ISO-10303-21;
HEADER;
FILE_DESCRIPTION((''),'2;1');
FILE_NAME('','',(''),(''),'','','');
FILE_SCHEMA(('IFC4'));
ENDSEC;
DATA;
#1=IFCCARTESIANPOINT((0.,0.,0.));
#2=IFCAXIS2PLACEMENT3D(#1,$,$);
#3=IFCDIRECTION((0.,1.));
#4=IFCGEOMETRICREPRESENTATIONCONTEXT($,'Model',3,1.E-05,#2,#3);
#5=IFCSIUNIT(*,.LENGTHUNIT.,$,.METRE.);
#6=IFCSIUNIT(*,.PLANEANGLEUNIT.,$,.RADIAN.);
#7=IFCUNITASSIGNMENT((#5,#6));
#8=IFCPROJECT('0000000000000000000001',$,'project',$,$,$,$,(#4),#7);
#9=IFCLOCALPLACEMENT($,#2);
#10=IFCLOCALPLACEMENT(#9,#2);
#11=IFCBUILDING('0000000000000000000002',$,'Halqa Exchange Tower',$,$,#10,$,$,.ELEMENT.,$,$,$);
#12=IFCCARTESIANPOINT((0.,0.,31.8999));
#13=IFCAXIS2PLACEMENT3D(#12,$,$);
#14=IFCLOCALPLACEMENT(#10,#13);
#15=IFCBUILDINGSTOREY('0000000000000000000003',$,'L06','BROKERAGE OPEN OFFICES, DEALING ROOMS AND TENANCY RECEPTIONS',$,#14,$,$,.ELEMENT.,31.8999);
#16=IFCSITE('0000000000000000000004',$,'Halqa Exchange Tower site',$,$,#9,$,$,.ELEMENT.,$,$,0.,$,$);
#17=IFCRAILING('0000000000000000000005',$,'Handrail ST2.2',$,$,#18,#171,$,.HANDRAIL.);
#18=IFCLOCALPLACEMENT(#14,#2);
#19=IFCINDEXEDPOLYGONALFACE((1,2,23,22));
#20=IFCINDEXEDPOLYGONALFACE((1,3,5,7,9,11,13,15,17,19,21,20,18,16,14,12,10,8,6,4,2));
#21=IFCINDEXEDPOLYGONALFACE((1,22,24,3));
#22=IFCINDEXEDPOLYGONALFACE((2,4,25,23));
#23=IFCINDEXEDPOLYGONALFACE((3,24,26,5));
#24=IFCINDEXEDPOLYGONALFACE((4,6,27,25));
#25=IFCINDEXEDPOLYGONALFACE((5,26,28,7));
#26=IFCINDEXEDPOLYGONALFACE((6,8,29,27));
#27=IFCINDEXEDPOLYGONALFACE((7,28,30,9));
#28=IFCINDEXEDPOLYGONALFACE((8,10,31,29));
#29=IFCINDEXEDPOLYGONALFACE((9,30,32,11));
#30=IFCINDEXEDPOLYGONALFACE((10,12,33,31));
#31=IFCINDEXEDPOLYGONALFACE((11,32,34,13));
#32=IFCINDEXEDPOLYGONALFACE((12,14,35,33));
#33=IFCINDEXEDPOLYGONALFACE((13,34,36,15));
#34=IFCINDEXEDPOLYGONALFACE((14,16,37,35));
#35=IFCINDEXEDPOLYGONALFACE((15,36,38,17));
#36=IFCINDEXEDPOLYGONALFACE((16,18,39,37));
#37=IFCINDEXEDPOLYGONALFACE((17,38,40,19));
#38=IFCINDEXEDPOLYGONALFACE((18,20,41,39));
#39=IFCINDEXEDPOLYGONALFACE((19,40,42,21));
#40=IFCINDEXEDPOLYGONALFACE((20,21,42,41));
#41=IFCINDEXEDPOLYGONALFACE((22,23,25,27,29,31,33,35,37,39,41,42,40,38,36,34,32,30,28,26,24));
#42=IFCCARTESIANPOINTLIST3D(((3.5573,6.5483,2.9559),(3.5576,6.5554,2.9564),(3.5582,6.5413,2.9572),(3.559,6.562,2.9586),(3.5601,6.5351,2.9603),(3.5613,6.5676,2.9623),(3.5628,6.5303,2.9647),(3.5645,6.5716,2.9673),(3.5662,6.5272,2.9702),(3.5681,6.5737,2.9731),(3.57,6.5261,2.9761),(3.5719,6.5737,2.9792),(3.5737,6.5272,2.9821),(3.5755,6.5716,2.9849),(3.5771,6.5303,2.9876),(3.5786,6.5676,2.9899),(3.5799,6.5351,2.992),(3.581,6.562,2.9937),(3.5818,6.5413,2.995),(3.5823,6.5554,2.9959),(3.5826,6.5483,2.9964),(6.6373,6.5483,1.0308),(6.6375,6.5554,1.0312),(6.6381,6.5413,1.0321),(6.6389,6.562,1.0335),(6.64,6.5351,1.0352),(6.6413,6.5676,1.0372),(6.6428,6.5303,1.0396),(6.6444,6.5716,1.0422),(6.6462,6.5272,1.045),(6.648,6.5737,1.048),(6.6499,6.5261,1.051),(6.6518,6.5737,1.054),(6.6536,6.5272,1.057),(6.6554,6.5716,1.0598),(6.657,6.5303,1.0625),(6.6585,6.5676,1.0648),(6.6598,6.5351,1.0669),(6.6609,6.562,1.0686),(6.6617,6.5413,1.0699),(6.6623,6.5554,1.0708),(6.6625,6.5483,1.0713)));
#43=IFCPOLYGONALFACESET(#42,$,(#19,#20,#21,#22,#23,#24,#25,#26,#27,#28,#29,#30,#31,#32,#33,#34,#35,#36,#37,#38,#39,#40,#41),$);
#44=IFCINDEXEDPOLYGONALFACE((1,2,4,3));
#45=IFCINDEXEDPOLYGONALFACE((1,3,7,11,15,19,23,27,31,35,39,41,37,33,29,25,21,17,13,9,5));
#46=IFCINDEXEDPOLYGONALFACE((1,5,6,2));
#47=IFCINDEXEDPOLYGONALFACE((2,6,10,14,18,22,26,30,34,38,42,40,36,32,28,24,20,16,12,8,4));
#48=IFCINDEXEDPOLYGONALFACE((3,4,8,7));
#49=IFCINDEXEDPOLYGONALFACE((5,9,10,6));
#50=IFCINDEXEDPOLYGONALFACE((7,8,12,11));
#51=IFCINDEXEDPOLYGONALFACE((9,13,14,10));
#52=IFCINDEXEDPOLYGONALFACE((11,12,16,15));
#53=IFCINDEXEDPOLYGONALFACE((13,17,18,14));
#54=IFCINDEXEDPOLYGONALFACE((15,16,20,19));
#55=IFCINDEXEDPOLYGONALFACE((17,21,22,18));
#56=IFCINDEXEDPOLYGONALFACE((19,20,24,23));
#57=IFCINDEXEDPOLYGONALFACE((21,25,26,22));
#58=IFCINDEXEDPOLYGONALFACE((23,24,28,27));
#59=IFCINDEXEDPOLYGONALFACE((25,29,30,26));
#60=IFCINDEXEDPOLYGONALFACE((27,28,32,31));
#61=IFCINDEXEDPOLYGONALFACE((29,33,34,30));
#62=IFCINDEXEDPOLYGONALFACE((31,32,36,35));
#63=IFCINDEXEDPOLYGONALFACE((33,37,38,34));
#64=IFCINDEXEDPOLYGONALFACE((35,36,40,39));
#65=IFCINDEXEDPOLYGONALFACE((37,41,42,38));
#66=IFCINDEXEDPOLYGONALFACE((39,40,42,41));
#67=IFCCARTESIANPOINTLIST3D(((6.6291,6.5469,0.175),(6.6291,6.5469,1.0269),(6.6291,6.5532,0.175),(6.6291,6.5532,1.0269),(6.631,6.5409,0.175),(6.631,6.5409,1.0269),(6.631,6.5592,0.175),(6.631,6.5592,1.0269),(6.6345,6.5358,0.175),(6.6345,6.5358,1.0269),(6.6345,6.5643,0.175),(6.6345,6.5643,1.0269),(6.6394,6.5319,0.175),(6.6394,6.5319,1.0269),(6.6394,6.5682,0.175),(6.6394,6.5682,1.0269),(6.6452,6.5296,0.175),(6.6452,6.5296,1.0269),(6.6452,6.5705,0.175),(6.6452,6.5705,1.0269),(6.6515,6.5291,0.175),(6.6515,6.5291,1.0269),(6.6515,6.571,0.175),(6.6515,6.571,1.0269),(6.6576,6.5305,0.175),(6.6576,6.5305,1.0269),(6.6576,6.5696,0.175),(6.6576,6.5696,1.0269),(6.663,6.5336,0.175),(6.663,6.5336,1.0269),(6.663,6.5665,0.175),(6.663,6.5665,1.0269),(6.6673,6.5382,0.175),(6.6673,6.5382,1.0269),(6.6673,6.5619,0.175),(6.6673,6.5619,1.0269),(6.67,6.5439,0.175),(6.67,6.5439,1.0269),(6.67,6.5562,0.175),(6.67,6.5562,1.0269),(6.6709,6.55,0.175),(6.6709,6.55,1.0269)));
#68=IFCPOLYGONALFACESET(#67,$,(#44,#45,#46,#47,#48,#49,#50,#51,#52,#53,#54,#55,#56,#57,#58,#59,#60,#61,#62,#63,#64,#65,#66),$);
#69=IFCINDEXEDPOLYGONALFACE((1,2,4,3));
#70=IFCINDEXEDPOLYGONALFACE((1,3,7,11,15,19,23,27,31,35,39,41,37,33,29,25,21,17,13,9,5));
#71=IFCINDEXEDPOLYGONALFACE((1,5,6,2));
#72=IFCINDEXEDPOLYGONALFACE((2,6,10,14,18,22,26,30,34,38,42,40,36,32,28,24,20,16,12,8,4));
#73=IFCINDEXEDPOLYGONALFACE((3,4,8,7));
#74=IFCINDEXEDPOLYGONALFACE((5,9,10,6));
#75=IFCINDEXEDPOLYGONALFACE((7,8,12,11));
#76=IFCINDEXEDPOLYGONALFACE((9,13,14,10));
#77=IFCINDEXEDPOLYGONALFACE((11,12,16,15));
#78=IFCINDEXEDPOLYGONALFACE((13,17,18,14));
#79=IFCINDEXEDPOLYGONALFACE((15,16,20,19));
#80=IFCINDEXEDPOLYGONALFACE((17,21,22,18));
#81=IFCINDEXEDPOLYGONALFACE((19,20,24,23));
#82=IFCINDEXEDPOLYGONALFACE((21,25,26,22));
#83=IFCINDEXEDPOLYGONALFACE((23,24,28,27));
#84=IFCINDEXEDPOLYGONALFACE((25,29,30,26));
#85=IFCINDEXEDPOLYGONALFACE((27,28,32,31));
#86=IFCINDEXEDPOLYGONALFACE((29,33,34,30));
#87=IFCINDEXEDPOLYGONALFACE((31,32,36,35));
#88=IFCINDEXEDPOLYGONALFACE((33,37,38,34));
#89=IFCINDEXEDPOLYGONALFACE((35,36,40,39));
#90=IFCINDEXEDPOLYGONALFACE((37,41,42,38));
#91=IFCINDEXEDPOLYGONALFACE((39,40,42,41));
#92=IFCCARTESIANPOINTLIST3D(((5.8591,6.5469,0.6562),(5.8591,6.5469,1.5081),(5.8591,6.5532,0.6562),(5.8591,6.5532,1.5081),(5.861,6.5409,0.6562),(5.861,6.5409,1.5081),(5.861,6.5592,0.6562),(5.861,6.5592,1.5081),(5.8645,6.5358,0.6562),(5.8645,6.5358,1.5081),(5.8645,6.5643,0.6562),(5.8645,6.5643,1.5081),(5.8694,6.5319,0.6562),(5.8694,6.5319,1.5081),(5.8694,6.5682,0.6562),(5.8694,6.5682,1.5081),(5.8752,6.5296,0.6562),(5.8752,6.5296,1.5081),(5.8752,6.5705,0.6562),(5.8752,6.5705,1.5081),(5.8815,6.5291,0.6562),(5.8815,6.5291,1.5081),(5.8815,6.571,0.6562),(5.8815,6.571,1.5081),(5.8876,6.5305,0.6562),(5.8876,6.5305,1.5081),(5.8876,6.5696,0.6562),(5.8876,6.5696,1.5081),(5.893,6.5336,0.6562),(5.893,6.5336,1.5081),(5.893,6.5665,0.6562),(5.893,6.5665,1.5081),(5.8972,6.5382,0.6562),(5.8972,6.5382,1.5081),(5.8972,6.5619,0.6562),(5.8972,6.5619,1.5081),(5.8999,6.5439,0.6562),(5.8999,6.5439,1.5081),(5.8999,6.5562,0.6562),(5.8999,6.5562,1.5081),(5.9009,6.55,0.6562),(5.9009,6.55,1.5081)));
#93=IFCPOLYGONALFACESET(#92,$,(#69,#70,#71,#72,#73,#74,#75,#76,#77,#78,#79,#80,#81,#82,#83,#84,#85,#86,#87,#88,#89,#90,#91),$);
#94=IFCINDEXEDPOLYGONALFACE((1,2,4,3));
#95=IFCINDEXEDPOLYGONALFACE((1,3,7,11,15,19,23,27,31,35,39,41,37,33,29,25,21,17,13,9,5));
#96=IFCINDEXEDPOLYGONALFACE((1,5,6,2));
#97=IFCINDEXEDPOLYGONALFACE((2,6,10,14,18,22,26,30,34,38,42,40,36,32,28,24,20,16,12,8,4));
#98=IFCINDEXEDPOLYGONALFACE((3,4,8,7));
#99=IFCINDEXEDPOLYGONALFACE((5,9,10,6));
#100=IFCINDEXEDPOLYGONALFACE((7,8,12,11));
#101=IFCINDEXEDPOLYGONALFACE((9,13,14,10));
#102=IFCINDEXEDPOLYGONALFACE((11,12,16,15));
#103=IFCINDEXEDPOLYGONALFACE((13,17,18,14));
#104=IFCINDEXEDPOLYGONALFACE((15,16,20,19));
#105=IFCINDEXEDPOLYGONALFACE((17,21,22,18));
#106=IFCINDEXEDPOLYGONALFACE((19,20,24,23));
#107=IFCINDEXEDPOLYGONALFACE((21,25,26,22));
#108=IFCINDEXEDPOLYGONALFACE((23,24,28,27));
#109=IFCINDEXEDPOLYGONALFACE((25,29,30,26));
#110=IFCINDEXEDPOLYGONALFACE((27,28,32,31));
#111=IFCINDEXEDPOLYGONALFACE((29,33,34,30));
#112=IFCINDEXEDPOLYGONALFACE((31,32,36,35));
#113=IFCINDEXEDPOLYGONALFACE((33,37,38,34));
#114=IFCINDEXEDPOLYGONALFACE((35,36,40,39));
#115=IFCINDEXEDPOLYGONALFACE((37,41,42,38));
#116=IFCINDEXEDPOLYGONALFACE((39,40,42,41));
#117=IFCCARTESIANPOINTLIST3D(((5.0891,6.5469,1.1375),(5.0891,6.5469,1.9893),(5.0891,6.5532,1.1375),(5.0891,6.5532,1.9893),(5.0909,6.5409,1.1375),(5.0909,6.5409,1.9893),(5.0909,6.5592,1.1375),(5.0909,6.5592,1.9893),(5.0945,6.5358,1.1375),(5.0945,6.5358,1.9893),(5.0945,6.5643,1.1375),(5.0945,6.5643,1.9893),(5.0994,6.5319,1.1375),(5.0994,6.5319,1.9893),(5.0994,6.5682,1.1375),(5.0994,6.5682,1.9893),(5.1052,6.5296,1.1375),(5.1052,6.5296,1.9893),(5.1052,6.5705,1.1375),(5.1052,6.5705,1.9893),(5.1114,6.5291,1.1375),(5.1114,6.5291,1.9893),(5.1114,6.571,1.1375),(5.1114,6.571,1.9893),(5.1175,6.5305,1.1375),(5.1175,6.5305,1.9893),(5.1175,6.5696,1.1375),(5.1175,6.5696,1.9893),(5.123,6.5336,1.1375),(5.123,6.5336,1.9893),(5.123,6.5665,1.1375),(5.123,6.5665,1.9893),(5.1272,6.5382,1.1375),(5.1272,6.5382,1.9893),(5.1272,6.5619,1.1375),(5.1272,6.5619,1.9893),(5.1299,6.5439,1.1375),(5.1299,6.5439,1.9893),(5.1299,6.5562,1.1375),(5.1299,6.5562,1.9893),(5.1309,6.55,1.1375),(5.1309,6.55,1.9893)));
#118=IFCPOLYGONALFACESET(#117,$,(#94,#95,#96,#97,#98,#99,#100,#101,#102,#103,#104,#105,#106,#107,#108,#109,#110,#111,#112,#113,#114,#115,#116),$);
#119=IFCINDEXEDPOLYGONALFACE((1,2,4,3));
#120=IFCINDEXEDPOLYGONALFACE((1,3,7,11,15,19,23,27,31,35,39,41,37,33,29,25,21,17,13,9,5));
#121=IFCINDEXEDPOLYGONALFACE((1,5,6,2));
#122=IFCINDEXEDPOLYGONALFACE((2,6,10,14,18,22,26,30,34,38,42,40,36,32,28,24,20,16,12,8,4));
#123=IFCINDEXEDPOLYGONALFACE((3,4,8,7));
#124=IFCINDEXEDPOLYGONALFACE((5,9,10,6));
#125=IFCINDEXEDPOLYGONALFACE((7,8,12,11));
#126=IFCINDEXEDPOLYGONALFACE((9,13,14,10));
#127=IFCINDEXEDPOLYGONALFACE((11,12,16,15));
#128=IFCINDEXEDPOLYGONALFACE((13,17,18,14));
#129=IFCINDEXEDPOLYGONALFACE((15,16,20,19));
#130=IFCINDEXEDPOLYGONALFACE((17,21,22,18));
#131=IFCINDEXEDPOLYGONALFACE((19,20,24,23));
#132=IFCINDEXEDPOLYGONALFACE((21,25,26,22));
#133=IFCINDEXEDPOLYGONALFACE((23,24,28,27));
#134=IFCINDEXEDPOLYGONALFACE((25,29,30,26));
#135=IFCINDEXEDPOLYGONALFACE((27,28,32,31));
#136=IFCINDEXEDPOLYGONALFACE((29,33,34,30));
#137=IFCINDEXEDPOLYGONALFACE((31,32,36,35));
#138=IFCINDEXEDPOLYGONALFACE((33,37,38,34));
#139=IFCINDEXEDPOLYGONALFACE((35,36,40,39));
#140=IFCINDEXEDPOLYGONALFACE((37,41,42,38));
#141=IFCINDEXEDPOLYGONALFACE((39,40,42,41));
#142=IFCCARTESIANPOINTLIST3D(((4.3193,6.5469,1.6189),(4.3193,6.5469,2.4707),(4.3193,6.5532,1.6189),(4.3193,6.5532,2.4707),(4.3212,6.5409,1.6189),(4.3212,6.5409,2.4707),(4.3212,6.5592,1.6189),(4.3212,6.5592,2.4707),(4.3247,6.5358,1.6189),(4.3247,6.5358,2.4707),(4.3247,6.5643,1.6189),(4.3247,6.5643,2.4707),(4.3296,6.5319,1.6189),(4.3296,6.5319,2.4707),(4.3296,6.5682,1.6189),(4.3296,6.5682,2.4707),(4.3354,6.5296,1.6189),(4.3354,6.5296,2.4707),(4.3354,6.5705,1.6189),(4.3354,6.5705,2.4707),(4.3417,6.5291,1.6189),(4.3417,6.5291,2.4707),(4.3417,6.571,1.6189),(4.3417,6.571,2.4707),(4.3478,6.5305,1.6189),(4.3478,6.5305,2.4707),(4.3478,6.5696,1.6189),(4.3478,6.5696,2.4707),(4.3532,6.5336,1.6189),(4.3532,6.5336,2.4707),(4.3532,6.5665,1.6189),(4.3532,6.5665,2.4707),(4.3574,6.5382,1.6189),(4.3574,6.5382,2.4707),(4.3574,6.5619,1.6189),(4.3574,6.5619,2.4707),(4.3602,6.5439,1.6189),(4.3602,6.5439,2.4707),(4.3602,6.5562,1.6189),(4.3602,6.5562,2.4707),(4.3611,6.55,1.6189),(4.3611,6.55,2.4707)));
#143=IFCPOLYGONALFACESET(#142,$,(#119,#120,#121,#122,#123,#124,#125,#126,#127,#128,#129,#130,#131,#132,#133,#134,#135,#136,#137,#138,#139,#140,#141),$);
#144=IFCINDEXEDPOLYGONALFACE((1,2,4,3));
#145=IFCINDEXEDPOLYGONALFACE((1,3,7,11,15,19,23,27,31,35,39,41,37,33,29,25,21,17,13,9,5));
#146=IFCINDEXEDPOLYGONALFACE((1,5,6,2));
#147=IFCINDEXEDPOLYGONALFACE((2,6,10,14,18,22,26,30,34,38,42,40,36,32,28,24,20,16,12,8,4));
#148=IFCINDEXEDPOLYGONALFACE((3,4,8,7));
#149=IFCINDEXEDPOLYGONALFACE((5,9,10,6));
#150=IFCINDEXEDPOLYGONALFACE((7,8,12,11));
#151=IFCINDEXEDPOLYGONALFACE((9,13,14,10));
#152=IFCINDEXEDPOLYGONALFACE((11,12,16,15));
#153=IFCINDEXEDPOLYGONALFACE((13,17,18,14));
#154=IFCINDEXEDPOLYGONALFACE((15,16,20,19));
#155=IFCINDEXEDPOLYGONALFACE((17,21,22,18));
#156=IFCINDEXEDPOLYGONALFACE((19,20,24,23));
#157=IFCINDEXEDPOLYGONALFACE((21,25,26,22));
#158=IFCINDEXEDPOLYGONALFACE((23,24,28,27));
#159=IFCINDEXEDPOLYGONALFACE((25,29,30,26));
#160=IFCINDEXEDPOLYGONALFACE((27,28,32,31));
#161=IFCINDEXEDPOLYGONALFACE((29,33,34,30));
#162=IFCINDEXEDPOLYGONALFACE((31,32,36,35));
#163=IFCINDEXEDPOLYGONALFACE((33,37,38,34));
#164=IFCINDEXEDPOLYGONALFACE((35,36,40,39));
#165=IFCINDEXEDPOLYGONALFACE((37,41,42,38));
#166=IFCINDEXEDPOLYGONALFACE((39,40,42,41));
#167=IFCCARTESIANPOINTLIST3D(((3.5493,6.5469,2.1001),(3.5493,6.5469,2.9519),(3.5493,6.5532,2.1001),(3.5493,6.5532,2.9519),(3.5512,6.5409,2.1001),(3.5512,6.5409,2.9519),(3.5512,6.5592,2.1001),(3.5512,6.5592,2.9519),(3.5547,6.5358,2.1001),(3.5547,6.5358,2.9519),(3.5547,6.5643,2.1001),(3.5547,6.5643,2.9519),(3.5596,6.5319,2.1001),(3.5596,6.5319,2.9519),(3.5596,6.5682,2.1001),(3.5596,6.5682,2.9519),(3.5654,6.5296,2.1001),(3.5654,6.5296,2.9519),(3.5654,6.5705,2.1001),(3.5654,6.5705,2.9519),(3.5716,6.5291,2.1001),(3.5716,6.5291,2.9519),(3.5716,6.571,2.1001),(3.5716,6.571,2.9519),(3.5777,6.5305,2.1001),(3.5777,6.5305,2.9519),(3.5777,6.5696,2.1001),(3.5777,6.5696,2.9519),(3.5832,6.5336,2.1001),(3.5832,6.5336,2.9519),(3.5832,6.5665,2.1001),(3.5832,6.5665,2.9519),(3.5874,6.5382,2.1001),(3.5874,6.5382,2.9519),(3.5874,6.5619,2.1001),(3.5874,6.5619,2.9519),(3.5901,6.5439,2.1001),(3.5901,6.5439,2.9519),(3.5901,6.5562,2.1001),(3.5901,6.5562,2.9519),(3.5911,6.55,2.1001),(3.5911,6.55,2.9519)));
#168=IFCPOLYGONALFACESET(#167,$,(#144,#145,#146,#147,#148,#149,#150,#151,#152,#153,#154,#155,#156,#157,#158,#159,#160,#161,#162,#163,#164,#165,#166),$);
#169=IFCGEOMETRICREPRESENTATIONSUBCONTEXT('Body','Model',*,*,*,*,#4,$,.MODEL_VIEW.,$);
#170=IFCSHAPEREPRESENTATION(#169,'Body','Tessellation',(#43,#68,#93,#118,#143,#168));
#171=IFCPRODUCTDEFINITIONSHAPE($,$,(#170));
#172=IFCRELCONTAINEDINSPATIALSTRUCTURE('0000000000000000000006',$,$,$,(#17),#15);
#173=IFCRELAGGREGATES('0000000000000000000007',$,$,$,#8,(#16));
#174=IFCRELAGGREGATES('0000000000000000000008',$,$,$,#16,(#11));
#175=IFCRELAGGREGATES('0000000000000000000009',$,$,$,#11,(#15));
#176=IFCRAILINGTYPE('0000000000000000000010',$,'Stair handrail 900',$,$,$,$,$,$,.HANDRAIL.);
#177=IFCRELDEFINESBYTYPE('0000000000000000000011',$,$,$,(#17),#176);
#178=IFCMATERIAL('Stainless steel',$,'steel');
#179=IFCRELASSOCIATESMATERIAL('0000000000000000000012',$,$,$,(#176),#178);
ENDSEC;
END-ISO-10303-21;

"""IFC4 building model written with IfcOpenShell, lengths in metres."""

from ifc_helpers import new_model, si_unit, direction, frame, origin, origin_2d, place, context, subcontext, project, spatial, circle, extrude, material, type_object, element, save


model = new_model("IFC4")

# Units and contexts
model_context = context("Model", 3, precision=1e-05, world=origin(), true_north=direction((0.0, 1.0)))
body_context = subcontext(model_context, "Body", "Model", "MODEL_VIEW")
ifc_project = project(units=[si_unit("LENGTHUNIT", "METRE"), si_unit("PLANEANGLEUNIT", "RADIAN")], contexts=[model_context])

# Site, building, storey
site_placement = place(None, origin())
site = spatial("IfcSite", under=ifc_project, at=site_placement, Name="Halqa Exchange Tower site", CompositionType="ELEMENT", RefElevation=0.0)
building_placement = place(site_placement, origin())
building = spatial("IfcBuilding", under=site, at=building_placement, Name="Halqa Exchange Tower", CompositionType="ELEMENT")
storey_placement = place(building_placement, frame((0.0, 0.0, 31.8999)))
storey = spatial("IfcBuildingStorey", under=building, at=storey_placement, Name="L06", Description="BROKERAGE OPEN OFFICES, DEALING ROOMS AND TENANCY RECEPTIONS", CompositionType="ELEMENT", Elevation=31.8999)

# Railing
ifc_material_1 = material(Name="Stainless steel", Category="steel")
railing_type_1 = type_object("IfcRailingType", Name="Stair handrail 900", PredefinedType="HANDRAIL", material=ifc_material_1)
railing_1_placement = place(storey_placement, frame((6.6499, 6.55, 0.175)))
element("IfcRailing", 1, at=railing_1_placement, inside=storey, type_object=railing_type_1, Name="Handrail ST2.2", PredefinedType="HANDRAIL", context=body_context, shape_type="SweptSolid", body=[
    extrude(circle(Radius=0.0239, at=origin_2d()), frame((0.0, 0.0, 0.876), z_axis=(-0.847979, 0.0, 0.530029), x_axis=(0.0, -1.0, 0.0)), (0.0, 0.0, 1.0), 3.6321),
    extrude(circle(Radius=0.021, at=origin_2d()), origin(), (0.0, 0.0, 1.0), 0.8518),
    extrude(circle(Radius=0.021, at=origin_2d()), frame((-0.77, 0.0, 0.4812)), (0.0, 0.0, 1.0), 0.8518),
    extrude(circle(Radius=0.021, at=origin_2d()), frame((-1.54, 0.0, 0.9624)), (0.0, 0.0, 1.0), 0.8518),
    extrude(circle(Radius=0.021, at=origin_2d()), frame((-2.3098, 0.0, 1.4438)), (0.0, 0.0, 1.0), 0.8518),
    extrude(circle(Radius=0.021, at=origin_2d()), frame((-3.0798, 0.0, 1.925)), (0.0, 0.0, 1.0), 0.8518),
])

save(model, "model.ifc")
